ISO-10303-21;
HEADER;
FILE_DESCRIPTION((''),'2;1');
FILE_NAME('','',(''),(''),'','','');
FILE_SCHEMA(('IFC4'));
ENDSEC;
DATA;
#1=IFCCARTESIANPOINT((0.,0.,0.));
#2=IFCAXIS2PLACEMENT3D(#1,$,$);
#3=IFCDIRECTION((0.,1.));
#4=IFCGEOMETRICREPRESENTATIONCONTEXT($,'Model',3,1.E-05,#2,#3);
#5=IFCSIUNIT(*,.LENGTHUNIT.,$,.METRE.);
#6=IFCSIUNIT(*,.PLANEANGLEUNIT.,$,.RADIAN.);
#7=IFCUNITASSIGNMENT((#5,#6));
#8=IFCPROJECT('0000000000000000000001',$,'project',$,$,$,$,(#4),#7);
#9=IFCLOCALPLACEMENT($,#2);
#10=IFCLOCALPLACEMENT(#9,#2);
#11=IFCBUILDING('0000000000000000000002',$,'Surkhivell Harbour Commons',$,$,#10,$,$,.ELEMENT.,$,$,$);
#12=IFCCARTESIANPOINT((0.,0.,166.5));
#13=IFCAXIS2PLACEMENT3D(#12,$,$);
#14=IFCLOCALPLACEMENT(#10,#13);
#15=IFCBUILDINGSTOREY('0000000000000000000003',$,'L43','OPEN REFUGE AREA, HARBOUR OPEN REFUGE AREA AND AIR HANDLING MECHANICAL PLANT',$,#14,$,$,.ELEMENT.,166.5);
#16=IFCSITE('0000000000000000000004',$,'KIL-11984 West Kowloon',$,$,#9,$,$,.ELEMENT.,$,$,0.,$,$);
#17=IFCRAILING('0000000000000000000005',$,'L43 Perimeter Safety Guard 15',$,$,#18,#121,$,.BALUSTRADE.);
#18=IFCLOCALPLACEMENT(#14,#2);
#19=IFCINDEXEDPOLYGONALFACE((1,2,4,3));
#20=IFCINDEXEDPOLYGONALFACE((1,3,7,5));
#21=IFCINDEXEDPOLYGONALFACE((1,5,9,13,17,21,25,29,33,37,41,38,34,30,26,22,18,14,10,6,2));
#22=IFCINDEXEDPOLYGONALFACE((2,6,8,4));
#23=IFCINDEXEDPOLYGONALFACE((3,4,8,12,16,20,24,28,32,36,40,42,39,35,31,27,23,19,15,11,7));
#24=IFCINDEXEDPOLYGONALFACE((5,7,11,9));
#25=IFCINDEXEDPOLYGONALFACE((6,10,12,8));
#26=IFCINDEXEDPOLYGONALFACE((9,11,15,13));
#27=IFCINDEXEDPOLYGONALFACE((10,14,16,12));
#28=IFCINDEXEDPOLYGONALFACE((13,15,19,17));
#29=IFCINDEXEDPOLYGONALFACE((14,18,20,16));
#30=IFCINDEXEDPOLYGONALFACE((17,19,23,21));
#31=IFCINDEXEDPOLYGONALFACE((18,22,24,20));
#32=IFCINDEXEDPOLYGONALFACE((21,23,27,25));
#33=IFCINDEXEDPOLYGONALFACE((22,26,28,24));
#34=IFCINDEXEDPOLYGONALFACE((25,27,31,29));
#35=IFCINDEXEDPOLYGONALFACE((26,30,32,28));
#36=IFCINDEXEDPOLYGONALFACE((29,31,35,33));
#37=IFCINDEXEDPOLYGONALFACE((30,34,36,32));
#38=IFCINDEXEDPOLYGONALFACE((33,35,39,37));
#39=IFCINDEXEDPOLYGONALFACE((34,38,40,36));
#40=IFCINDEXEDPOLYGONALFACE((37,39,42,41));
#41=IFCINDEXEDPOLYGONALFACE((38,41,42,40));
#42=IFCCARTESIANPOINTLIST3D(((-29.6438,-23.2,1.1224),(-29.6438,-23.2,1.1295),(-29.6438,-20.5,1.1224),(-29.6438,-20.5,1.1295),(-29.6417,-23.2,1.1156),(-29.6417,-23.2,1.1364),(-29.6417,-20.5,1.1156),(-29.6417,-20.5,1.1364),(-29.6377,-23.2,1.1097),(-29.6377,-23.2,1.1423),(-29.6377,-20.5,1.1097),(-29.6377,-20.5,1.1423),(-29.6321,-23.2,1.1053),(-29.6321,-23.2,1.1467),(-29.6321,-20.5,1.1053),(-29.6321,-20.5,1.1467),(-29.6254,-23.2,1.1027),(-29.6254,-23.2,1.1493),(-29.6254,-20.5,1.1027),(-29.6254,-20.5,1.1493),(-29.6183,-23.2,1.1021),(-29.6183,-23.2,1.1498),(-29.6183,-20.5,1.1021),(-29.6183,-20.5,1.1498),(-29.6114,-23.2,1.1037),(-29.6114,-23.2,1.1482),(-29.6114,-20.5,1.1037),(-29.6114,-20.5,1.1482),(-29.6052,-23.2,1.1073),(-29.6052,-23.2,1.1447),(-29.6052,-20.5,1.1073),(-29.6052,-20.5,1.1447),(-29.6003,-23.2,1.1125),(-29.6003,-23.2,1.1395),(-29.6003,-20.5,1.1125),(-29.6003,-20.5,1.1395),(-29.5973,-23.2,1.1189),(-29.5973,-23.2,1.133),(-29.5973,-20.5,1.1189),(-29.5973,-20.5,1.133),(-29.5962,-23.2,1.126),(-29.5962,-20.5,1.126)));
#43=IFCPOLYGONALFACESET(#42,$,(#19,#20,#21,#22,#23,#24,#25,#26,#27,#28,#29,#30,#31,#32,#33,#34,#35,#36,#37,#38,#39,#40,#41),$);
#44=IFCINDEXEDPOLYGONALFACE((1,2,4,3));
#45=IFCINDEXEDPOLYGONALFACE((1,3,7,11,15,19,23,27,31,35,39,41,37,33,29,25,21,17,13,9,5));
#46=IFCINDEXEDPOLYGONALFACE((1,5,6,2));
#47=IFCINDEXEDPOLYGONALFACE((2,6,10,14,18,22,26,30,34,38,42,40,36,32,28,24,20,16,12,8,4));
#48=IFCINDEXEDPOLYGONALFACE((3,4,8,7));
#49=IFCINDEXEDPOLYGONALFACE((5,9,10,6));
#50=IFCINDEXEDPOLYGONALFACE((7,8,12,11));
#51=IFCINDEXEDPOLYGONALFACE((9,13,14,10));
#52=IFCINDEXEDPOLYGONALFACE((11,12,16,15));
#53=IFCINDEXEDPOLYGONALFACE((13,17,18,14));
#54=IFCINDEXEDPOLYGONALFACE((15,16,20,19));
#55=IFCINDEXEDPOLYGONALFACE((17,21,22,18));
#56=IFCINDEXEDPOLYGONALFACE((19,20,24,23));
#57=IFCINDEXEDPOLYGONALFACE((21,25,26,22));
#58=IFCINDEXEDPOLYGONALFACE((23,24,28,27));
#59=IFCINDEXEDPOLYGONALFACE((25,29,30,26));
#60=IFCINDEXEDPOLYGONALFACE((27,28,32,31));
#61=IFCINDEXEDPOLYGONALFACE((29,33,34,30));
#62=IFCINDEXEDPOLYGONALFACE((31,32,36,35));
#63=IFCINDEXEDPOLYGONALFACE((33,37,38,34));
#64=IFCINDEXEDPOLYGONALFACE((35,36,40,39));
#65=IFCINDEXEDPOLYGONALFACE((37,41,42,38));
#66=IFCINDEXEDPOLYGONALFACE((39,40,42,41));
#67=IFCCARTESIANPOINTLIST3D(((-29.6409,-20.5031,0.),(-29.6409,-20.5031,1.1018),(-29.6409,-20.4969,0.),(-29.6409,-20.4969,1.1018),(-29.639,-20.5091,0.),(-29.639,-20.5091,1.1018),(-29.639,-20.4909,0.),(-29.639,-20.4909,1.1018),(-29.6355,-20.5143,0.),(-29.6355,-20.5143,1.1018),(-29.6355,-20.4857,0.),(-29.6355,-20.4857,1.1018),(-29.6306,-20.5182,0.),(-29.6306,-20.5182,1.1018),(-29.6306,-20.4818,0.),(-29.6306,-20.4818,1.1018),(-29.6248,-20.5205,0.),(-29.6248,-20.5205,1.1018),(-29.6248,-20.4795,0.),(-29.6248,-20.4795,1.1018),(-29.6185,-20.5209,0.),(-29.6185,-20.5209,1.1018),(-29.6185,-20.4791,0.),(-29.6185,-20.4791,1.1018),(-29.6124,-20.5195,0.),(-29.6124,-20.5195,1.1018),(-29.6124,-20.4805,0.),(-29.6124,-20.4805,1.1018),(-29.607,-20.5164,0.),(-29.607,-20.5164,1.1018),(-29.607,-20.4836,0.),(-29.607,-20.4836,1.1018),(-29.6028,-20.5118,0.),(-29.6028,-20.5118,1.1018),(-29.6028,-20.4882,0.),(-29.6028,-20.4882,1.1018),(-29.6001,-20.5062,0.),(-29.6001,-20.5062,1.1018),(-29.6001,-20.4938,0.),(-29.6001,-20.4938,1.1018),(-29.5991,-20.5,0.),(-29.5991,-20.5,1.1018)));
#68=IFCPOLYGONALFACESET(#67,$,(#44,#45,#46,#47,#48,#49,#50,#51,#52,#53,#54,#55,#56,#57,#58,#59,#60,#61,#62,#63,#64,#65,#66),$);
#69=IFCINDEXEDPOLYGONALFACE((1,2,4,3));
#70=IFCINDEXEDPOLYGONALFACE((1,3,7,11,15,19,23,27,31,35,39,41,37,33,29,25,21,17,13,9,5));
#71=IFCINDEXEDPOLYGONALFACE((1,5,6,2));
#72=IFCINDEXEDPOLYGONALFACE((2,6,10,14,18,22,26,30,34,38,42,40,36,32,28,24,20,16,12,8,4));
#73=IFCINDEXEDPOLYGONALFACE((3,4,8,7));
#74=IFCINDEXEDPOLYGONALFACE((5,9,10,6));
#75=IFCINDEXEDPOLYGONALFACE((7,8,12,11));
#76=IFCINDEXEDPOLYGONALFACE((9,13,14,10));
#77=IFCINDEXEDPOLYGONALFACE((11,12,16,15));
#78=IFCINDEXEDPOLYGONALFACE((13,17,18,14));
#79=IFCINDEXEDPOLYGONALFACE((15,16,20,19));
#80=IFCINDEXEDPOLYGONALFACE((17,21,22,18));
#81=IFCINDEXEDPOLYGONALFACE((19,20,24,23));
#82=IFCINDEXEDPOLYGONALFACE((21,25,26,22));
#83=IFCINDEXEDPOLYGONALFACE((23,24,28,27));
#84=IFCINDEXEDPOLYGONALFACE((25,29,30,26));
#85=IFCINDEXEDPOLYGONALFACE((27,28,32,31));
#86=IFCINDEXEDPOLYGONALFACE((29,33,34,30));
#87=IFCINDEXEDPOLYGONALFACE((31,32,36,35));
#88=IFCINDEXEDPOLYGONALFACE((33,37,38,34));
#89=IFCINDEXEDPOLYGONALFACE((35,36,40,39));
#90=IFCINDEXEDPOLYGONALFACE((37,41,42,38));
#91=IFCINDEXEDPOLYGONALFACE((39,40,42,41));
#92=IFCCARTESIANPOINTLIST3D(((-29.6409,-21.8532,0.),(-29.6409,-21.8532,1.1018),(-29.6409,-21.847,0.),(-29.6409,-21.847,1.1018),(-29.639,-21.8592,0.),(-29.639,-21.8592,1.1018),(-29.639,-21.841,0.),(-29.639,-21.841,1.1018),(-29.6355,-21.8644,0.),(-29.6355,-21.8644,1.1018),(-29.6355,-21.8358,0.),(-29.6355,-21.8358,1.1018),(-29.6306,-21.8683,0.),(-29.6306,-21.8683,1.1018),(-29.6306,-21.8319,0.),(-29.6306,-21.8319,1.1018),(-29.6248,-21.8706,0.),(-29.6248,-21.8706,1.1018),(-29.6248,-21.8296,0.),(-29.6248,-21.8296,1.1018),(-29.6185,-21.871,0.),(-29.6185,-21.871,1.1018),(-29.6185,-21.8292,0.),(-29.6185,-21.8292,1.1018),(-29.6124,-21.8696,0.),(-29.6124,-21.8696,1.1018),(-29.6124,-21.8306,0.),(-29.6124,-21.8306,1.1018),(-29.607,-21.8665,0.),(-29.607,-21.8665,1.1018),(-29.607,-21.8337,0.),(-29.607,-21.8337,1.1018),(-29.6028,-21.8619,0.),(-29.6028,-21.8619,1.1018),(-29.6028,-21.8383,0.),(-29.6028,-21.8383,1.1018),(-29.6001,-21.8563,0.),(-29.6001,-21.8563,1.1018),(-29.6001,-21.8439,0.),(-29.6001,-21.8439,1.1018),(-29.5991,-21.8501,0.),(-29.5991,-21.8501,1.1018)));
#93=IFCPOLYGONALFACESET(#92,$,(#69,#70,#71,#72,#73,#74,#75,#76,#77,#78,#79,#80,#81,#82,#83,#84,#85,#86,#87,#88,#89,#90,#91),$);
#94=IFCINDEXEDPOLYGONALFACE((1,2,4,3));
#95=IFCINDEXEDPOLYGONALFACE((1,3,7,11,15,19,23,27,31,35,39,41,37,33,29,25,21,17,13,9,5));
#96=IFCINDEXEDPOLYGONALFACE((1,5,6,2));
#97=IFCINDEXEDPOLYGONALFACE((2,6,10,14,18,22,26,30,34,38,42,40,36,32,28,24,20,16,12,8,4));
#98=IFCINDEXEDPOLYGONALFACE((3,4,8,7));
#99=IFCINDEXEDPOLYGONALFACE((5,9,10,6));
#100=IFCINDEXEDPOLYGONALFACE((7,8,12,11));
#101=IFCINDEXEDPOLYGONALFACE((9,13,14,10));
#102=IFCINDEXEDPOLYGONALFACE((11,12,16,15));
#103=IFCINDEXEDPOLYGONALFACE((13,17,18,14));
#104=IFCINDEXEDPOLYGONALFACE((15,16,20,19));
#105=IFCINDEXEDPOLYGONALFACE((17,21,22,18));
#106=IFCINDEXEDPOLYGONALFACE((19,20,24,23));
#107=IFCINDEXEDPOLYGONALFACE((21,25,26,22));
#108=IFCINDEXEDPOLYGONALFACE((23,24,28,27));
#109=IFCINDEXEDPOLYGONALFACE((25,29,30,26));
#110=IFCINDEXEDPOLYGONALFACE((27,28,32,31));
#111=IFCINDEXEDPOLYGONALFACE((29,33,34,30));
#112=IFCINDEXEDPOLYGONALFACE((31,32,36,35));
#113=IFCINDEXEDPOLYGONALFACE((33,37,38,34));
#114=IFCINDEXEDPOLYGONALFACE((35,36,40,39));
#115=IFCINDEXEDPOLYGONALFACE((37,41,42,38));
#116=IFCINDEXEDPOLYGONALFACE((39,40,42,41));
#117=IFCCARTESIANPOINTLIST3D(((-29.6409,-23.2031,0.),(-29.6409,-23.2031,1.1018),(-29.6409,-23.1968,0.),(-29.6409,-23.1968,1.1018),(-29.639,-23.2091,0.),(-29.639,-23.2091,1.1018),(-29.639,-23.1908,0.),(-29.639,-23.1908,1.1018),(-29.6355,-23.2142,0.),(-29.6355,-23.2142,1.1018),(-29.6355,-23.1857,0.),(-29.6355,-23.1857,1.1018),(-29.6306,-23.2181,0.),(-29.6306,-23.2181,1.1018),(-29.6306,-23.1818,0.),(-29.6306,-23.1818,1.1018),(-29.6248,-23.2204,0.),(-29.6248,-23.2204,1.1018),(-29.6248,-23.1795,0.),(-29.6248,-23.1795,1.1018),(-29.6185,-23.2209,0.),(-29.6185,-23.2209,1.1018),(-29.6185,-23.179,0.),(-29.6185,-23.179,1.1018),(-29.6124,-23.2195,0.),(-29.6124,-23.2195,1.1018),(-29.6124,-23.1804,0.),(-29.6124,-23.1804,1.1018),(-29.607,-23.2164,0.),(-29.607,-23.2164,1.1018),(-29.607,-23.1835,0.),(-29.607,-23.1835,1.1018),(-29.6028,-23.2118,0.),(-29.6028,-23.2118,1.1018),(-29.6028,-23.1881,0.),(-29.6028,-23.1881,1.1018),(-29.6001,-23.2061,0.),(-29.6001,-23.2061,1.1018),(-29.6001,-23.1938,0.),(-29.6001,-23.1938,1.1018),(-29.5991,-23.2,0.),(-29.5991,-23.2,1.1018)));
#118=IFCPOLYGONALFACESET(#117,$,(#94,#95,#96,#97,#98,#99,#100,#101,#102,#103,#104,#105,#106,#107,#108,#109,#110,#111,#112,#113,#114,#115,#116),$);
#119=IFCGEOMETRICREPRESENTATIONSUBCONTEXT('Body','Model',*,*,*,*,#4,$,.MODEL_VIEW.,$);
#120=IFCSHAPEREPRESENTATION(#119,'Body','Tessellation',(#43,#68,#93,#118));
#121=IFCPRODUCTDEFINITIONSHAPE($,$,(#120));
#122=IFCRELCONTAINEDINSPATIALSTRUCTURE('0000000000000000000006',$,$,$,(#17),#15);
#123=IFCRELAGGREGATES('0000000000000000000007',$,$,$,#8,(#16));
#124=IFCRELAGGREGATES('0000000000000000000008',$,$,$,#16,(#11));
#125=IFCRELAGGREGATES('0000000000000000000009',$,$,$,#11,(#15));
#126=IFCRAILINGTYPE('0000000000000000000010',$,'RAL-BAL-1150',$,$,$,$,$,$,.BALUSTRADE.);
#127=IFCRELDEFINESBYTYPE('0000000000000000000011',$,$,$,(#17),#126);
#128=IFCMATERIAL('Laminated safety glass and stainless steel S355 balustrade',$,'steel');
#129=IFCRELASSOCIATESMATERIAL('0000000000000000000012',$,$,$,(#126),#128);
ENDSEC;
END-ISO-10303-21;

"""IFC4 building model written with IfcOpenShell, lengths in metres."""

from ifc_helpers import new_model, si_unit, direction, frame, origin, origin_2d, place, context, subcontext, project, spatial, circle, extrude, material, type_object, element, save


model = new_model("IFC4")

# Units and contexts
model_context = context("Model", 3, precision=1e-05, world=origin(), true_north=direction((0.0, 1.0)))
body_context = subcontext(model_context, "Body", "Model", "MODEL_VIEW")
ifc_project = project(units=[si_unit("LENGTHUNIT", "METRE"), si_unit("PLANEANGLEUNIT", "RADIAN")], contexts=[model_context])

# Site, building, storey
site_placement = place(None, origin())
site = spatial("IfcSite", under=ifc_project, at=site_placement, Name="KIL-11984 West Kowloon", CompositionType="ELEMENT", RefElevation=0.0)
building_placement = place(site_placement, origin())
building = spatial("IfcBuilding", under=site, at=building_placement, Name="Surkhivell Harbour Commons", CompositionType="ELEMENT")
storey_placement = place(building_placement, frame((0.0, 0.0, 166.5)))
storey = spatial("IfcBuildingStorey", under=building, at=storey_placement, Name="L43", Description="OPEN REFUGE AREA, HARBOUR OPEN REFUGE AREA AND AIR HANDLING MECHANICAL PLANT", CompositionType="ELEMENT", Elevation=166.5)

# Railing
ifc_material_1 = material(Name="Laminated safety glass and stainless steel S355 balustrade", Category="steel")
railing_type = type_object("IfcRailingType", Name="RAL-BAL-1150", PredefinedType="BALUSTRADE", material=ifc_material_1)
railing_1_placement = place(storey_placement, frame((-29.6201, -20.5, 0.0)))
element("IfcRailing", 1, at=railing_1_placement, inside=storey, type_object=railing_type, Name="L43 Perimeter Safety Guard 15", PredefinedType="BALUSTRADE", context=body_context, shape_type="SweptSolid", body=[
    extrude(circle(Radius=0.0239, at=origin_2d()), frame((0.0, 0.0, 1.126), z_axis=(0.0, -1.0, 0.0), x_axis=(1.0, 0.0, 0.0)), (0.0, 0.0, 1.0), 2.7),
    extrude(circle(Radius=0.021, at=origin_2d()), origin(), (0.0, 0.0, 1.0), 1.1018),
    extrude(circle(Radius=0.021, at=origin_2d()), frame((0.0, -1.3501, 0.0)), (0.0, 0.0, 1.0), 1.1018),
    extrude(circle(Radius=0.021, at=origin_2d()), frame((0.0, -2.7, 0.0)), (0.0, 0.0, 1.0), 1.1018),
])

save(model, "model.ifc")
